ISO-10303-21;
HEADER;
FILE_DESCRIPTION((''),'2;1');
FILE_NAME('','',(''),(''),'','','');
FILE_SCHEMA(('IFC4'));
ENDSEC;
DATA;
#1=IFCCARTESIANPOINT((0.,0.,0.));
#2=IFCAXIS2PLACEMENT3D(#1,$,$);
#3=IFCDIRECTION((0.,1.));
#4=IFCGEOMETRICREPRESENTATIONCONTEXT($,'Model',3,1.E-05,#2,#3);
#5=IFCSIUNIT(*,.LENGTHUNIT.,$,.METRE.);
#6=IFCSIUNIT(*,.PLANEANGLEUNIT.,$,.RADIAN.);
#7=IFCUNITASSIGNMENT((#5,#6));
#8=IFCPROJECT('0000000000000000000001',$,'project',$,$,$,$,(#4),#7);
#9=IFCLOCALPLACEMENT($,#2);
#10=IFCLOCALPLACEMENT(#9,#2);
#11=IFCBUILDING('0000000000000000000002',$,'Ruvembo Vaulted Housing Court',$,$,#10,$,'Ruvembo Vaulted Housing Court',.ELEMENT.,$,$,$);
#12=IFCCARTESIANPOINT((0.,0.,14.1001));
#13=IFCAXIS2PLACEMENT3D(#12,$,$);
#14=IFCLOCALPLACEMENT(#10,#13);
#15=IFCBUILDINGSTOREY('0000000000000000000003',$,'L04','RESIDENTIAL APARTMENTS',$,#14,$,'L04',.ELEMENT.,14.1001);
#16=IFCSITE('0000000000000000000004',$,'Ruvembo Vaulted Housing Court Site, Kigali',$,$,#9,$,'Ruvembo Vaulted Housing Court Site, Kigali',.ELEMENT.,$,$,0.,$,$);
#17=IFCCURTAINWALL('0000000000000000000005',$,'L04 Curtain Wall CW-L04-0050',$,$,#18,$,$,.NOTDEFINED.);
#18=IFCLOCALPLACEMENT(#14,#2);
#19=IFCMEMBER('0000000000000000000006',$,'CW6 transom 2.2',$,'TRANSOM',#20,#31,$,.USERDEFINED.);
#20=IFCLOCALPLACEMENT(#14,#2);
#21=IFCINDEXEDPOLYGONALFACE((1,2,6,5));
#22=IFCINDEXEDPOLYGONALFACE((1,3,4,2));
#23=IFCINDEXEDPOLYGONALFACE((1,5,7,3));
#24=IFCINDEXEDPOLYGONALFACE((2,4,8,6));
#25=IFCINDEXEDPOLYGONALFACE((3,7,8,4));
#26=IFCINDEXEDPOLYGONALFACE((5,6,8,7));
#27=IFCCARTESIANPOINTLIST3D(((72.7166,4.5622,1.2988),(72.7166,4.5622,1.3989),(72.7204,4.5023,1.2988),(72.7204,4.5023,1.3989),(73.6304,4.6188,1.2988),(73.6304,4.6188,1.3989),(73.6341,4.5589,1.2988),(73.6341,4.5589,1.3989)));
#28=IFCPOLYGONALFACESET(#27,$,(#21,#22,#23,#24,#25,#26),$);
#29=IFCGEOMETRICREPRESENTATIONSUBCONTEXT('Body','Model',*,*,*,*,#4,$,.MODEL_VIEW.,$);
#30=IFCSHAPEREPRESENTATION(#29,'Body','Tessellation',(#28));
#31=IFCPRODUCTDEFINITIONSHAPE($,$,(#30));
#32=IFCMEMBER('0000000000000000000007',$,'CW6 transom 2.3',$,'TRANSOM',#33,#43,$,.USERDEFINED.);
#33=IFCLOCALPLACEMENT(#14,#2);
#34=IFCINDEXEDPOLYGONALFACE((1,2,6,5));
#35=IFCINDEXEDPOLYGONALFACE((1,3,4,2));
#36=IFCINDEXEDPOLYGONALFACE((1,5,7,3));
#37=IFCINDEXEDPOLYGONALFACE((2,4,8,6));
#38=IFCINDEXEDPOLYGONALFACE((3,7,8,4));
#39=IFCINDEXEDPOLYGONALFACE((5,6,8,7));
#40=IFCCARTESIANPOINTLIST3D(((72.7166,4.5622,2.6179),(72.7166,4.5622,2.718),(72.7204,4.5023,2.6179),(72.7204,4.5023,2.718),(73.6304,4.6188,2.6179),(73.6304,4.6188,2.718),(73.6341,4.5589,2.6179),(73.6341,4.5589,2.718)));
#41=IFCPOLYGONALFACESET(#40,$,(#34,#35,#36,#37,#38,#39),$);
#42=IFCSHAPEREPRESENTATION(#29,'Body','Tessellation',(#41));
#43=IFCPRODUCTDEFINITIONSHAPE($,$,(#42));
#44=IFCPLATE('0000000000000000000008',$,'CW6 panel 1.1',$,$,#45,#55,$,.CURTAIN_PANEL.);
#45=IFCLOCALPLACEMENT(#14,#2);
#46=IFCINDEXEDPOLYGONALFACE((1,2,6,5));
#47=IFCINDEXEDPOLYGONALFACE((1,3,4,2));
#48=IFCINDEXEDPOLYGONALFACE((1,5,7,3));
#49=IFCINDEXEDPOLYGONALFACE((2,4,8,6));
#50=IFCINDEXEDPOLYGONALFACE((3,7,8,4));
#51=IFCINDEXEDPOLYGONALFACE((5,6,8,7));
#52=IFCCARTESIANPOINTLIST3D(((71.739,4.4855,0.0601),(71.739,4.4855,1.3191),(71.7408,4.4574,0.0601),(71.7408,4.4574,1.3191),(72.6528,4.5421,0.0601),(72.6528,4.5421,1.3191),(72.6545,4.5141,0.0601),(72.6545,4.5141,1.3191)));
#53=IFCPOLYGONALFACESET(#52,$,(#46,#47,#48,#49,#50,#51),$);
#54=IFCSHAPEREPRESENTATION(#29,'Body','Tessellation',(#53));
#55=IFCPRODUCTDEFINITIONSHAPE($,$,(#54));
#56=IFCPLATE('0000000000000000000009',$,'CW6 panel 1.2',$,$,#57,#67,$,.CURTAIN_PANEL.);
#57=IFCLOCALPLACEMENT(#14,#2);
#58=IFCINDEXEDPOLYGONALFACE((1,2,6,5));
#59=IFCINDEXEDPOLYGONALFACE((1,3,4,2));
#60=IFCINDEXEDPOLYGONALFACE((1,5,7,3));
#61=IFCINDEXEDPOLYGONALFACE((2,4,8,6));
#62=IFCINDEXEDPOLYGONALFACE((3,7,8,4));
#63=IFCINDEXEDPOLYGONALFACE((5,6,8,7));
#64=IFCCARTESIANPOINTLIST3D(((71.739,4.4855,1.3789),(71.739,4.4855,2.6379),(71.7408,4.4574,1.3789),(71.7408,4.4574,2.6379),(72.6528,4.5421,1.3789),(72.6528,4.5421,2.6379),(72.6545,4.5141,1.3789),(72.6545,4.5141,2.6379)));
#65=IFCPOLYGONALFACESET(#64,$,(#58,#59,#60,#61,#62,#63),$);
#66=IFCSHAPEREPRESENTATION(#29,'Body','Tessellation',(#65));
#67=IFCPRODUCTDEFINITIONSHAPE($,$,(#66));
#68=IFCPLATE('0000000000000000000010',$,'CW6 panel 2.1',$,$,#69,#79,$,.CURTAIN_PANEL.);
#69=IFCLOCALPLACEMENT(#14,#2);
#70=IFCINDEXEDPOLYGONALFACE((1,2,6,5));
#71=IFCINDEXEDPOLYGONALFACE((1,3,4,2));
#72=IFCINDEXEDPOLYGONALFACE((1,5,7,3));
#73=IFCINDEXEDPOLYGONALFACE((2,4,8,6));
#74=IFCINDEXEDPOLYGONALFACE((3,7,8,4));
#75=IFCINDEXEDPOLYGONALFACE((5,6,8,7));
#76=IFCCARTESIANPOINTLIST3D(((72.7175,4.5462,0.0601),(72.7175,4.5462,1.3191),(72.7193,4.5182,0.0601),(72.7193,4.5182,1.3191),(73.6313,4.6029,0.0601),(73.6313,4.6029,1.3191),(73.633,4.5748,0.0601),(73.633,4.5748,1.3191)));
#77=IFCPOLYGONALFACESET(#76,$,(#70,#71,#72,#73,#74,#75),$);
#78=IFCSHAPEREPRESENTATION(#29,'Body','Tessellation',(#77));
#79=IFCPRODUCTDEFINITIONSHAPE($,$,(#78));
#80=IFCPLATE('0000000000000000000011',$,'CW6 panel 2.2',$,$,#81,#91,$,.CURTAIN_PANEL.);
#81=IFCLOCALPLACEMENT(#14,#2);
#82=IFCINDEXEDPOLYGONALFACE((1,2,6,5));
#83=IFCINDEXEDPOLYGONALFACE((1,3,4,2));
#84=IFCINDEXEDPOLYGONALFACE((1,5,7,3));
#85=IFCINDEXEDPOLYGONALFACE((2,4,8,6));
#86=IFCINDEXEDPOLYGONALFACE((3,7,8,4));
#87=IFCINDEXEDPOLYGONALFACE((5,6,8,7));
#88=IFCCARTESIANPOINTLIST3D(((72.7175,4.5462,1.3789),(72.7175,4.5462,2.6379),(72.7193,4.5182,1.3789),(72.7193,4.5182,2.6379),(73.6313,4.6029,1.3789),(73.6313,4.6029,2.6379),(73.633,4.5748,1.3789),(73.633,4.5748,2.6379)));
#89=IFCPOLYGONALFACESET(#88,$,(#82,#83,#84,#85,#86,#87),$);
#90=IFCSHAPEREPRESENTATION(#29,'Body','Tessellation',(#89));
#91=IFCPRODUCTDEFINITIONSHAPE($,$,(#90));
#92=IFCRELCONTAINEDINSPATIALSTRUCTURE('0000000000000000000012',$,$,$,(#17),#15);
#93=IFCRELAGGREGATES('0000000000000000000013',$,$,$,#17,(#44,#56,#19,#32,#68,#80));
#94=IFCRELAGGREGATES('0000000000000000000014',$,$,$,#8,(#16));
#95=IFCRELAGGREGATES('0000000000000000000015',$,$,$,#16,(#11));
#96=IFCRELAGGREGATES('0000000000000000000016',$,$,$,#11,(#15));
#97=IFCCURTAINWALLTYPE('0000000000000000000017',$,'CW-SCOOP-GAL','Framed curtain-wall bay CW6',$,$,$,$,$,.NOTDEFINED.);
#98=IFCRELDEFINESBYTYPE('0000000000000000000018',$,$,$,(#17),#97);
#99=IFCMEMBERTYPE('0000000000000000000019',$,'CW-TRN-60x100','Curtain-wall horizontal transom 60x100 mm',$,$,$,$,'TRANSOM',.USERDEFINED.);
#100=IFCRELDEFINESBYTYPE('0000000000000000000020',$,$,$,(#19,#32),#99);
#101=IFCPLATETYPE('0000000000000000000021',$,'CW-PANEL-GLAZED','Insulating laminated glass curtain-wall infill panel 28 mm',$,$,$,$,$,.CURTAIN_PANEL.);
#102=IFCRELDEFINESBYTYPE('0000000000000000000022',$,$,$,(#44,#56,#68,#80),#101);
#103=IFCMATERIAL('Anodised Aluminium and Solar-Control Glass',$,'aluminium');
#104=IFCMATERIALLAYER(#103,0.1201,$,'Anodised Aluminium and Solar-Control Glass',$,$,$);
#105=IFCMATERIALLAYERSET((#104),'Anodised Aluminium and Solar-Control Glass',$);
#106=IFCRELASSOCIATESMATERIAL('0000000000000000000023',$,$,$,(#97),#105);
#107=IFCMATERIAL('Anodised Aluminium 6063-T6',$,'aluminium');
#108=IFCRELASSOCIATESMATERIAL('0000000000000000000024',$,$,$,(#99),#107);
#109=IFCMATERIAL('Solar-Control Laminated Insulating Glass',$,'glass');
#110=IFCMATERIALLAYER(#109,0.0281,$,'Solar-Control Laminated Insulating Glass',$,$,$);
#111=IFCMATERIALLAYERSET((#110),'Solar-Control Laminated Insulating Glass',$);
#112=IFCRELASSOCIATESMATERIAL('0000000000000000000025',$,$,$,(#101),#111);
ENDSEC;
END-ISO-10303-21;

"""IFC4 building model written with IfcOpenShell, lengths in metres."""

from ifc_helpers import new_model, si_unit, direction, frame, origin, origin_2d, place, context, subcontext, project, spatial, rectangle, extrude, material, layer, layer_set, material_profile, profile_set, type_object, element, aggregate, save


model = new_model("IFC4")

# Units and contexts
model_context = context("Model", 3, precision=1e-05, world=origin(), true_north=direction((0.0, 1.0)))
body_context = subcontext(model_context, "Body", "Model", "MODEL_VIEW")
ifc_project = project(units=[si_unit("LENGTHUNIT", "METRE"), si_unit("PLANEANGLEUNIT", "RADIAN")], contexts=[model_context])

# Site, building, storey
site_placement = place(None, origin())
site = spatial("IfcSite", under=ifc_project, at=site_placement, Name="Ruvembo Vaulted Housing Court Site, Kigali", LongName="Ruvembo Vaulted Housing Court Site, Kigali", CompositionType="ELEMENT", RefElevation=0.0)
building_placement = place(site_placement, origin())
building = spatial("IfcBuilding", under=site, at=building_placement, Name="Ruvembo Vaulted Housing Court", LongName="Ruvembo Vaulted Housing Court", CompositionType="ELEMENT")
storey_placement = place(building_placement, frame((0.0, 0.0, 14.1001)))
storey = spatial("IfcBuildingStorey", under=building, at=storey_placement, Name="L04", Description="RESIDENTIAL APARTMENTS", LongName="L04", CompositionType="ELEMENT", Elevation=14.1001)

# Curtain wall, members, plates
ifc_material_1 = material(Name="Anodised Aluminium and Solar-Control Glass", Category="aluminium")
ifc_layer_1 = layer(ifc_material_1, 0.1201, Name="Anodised Aluminium and Solar-Control Glass")
ifc_layer_set_1 = layer_set([ifc_layer_1], Name="Anodised Aluminium and Solar-Control Glass")
curtain_wall_type = type_object("IfcCurtainWallType", Name="CW-SCOOP-GAL", Description="Framed curtain-wall bay CW6", PredefinedType="NOTDEFINED", material=ifc_layer_set_1)
curtain_wall_placement = place(storey_placement, origin())
curtain_wall = element("IfcCurtainWall", 1, at=curtain_wall_placement, inside=storey, type_object=curtain_wall_type, Name="L04 Curtain Wall CW-L04-0050", PredefinedType="NOTDEFINED")
ifc_material_2 = material(Name="Anodised Aluminium 6063-T6", Category="aluminium")
ifc_material_profile_1 = material_profile(ifc_material_2, rectangle(XDim=0.0601, YDim=0.1001, at=origin_2d()), Name="ALU 60x100")
ifc_profile_set_1 = profile_set([ifc_material_profile_1], Name="Anodised Aluminium 6063-T6")
member_type_1 = type_object("IfcMemberType", Name="CW-TRN-60x100", Description="Curtain-wall horizontal transom 60x100 mm", ElementType="TRANSOM", PredefinedType="USERDEFINED", material=ifc_profile_set_1)
member_1_placement = place(storey_placement, frame((72.7185, 4.5322, 1.3489), z_axis=(0.998085, 0.061864, 0.0), x_axis=(-0.061864, 0.998085, 0.0)))
member_1 = element("IfcMember", 2, at=member_1_placement, type_object=member_type_1, Name="CW6 transom 2.2", ObjectType="TRANSOM", PredefinedType="USERDEFINED", context=body_context, shape_type="SweptSolid", body=[
    extrude(rectangle(XDim=0.0601, YDim=0.1001, at=origin_2d()), origin(), (0.0, 0.0, 1.0), 0.9155),
])
member_2_placement = place(storey_placement, frame((72.7185, 4.5322, 2.668), z_axis=(0.998085, 0.061864, 0.0), x_axis=(-0.061864, 0.998085, 0.0)))
member_2 = element("IfcMember", 3, at=member_2_placement, type_object=member_type_1, Name="CW6 transom 2.3", ObjectType="TRANSOM", PredefinedType="USERDEFINED", context=body_context, shape_type="SweptSolid", body=[
    extrude(rectangle(XDim=0.0601, YDim=0.1001, at=origin_2d()), origin(), (0.0, 0.0, 1.0), 0.9155),
])
ifc_material_3 = material(Name="Solar-Control Laminated Insulating Glass", Category="glass")
ifc_layer_2 = layer(ifc_material_3, 0.0281, Name="Solar-Control Laminated Insulating Glass")
ifc_layer_set_2 = layer_set([ifc_layer_2], Name="Solar-Control Laminated Insulating Glass")
plate_type = type_object("IfcPlateType", Name="CW-PANEL-GLAZED", Description="Insulating laminated glass curtain-wall infill panel 28 mm", PredefinedType="CURTAIN_PANEL", material=ifc_layer_set_2)
plate_1_placement = place(storey_placement, frame((72.1968, 4.4998, 0.0601), z_axis=(0.0, 0.0, 1.0), x_axis=(0.998086, 0.061844, 0.0)))
plate_1 = element("IfcPlate", 4, at=plate_1_placement, type_object=plate_type, Name="CW6 panel 1.1", PredefinedType="CURTAIN_PANEL", context=body_context, shape_type="SweptSolid", body=[
    extrude(rectangle(XDim=0.9155, YDim=0.0281, at=origin_2d()), origin(), (0.0, 0.0, 1.0), 1.259),
])
plate_2_placement = place(storey_placement, frame((72.1968, 4.4998, 1.3789), z_axis=(0.0, 0.0, 1.0), x_axis=(0.998086, 0.061844, 0.0)))
plate_2 = element("IfcPlate", 5, at=plate_2_placement, type_object=plate_type, Name="CW6 panel 1.2", PredefinedType="CURTAIN_PANEL", context=body_context, shape_type="SweptSolid", body=[
    extrude(rectangle(XDim=0.9155, YDim=0.0281, at=origin_2d()), origin(), (0.0, 0.0, 1.0), 1.259),
])
plate_3_placement = place(storey_placement, frame((73.1753, 4.5605, 0.0601), z_axis=(0.0, 0.0, 1.0), x_axis=(0.998086, 0.061844, 0.0)))
plate_3 = element("IfcPlate", 6, at=plate_3_placement, type_object=plate_type, Name="CW6 panel 2.1", PredefinedType="CURTAIN_PANEL", context=body_context, shape_type="SweptSolid", body=[
    extrude(rectangle(XDim=0.9155, YDim=0.0281, at=origin_2d()), origin(), (0.0, 0.0, 1.0), 1.259),
])
plate_4_placement = place(storey_placement, frame((73.1753, 4.5605, 1.3789), z_axis=(0.0, 0.0, 1.0), x_axis=(0.998086, 0.061844, 0.0)))
plate_4 = element("IfcPlate", 7, at=plate_4_placement, type_object=plate_type, Name="CW6 panel 2.2", PredefinedType="CURTAIN_PANEL", context=body_context, shape_type="SweptSolid", body=[
    extrude(rectangle(XDim=0.9155, YDim=0.0281, at=origin_2d()), origin(), (0.0, 0.0, 1.0), 1.259),
])
aggregate(curtain_wall, [plate_1, plate_2, member_1, member_2, plate_3, plate_4])

save(model, "model.ifc")
